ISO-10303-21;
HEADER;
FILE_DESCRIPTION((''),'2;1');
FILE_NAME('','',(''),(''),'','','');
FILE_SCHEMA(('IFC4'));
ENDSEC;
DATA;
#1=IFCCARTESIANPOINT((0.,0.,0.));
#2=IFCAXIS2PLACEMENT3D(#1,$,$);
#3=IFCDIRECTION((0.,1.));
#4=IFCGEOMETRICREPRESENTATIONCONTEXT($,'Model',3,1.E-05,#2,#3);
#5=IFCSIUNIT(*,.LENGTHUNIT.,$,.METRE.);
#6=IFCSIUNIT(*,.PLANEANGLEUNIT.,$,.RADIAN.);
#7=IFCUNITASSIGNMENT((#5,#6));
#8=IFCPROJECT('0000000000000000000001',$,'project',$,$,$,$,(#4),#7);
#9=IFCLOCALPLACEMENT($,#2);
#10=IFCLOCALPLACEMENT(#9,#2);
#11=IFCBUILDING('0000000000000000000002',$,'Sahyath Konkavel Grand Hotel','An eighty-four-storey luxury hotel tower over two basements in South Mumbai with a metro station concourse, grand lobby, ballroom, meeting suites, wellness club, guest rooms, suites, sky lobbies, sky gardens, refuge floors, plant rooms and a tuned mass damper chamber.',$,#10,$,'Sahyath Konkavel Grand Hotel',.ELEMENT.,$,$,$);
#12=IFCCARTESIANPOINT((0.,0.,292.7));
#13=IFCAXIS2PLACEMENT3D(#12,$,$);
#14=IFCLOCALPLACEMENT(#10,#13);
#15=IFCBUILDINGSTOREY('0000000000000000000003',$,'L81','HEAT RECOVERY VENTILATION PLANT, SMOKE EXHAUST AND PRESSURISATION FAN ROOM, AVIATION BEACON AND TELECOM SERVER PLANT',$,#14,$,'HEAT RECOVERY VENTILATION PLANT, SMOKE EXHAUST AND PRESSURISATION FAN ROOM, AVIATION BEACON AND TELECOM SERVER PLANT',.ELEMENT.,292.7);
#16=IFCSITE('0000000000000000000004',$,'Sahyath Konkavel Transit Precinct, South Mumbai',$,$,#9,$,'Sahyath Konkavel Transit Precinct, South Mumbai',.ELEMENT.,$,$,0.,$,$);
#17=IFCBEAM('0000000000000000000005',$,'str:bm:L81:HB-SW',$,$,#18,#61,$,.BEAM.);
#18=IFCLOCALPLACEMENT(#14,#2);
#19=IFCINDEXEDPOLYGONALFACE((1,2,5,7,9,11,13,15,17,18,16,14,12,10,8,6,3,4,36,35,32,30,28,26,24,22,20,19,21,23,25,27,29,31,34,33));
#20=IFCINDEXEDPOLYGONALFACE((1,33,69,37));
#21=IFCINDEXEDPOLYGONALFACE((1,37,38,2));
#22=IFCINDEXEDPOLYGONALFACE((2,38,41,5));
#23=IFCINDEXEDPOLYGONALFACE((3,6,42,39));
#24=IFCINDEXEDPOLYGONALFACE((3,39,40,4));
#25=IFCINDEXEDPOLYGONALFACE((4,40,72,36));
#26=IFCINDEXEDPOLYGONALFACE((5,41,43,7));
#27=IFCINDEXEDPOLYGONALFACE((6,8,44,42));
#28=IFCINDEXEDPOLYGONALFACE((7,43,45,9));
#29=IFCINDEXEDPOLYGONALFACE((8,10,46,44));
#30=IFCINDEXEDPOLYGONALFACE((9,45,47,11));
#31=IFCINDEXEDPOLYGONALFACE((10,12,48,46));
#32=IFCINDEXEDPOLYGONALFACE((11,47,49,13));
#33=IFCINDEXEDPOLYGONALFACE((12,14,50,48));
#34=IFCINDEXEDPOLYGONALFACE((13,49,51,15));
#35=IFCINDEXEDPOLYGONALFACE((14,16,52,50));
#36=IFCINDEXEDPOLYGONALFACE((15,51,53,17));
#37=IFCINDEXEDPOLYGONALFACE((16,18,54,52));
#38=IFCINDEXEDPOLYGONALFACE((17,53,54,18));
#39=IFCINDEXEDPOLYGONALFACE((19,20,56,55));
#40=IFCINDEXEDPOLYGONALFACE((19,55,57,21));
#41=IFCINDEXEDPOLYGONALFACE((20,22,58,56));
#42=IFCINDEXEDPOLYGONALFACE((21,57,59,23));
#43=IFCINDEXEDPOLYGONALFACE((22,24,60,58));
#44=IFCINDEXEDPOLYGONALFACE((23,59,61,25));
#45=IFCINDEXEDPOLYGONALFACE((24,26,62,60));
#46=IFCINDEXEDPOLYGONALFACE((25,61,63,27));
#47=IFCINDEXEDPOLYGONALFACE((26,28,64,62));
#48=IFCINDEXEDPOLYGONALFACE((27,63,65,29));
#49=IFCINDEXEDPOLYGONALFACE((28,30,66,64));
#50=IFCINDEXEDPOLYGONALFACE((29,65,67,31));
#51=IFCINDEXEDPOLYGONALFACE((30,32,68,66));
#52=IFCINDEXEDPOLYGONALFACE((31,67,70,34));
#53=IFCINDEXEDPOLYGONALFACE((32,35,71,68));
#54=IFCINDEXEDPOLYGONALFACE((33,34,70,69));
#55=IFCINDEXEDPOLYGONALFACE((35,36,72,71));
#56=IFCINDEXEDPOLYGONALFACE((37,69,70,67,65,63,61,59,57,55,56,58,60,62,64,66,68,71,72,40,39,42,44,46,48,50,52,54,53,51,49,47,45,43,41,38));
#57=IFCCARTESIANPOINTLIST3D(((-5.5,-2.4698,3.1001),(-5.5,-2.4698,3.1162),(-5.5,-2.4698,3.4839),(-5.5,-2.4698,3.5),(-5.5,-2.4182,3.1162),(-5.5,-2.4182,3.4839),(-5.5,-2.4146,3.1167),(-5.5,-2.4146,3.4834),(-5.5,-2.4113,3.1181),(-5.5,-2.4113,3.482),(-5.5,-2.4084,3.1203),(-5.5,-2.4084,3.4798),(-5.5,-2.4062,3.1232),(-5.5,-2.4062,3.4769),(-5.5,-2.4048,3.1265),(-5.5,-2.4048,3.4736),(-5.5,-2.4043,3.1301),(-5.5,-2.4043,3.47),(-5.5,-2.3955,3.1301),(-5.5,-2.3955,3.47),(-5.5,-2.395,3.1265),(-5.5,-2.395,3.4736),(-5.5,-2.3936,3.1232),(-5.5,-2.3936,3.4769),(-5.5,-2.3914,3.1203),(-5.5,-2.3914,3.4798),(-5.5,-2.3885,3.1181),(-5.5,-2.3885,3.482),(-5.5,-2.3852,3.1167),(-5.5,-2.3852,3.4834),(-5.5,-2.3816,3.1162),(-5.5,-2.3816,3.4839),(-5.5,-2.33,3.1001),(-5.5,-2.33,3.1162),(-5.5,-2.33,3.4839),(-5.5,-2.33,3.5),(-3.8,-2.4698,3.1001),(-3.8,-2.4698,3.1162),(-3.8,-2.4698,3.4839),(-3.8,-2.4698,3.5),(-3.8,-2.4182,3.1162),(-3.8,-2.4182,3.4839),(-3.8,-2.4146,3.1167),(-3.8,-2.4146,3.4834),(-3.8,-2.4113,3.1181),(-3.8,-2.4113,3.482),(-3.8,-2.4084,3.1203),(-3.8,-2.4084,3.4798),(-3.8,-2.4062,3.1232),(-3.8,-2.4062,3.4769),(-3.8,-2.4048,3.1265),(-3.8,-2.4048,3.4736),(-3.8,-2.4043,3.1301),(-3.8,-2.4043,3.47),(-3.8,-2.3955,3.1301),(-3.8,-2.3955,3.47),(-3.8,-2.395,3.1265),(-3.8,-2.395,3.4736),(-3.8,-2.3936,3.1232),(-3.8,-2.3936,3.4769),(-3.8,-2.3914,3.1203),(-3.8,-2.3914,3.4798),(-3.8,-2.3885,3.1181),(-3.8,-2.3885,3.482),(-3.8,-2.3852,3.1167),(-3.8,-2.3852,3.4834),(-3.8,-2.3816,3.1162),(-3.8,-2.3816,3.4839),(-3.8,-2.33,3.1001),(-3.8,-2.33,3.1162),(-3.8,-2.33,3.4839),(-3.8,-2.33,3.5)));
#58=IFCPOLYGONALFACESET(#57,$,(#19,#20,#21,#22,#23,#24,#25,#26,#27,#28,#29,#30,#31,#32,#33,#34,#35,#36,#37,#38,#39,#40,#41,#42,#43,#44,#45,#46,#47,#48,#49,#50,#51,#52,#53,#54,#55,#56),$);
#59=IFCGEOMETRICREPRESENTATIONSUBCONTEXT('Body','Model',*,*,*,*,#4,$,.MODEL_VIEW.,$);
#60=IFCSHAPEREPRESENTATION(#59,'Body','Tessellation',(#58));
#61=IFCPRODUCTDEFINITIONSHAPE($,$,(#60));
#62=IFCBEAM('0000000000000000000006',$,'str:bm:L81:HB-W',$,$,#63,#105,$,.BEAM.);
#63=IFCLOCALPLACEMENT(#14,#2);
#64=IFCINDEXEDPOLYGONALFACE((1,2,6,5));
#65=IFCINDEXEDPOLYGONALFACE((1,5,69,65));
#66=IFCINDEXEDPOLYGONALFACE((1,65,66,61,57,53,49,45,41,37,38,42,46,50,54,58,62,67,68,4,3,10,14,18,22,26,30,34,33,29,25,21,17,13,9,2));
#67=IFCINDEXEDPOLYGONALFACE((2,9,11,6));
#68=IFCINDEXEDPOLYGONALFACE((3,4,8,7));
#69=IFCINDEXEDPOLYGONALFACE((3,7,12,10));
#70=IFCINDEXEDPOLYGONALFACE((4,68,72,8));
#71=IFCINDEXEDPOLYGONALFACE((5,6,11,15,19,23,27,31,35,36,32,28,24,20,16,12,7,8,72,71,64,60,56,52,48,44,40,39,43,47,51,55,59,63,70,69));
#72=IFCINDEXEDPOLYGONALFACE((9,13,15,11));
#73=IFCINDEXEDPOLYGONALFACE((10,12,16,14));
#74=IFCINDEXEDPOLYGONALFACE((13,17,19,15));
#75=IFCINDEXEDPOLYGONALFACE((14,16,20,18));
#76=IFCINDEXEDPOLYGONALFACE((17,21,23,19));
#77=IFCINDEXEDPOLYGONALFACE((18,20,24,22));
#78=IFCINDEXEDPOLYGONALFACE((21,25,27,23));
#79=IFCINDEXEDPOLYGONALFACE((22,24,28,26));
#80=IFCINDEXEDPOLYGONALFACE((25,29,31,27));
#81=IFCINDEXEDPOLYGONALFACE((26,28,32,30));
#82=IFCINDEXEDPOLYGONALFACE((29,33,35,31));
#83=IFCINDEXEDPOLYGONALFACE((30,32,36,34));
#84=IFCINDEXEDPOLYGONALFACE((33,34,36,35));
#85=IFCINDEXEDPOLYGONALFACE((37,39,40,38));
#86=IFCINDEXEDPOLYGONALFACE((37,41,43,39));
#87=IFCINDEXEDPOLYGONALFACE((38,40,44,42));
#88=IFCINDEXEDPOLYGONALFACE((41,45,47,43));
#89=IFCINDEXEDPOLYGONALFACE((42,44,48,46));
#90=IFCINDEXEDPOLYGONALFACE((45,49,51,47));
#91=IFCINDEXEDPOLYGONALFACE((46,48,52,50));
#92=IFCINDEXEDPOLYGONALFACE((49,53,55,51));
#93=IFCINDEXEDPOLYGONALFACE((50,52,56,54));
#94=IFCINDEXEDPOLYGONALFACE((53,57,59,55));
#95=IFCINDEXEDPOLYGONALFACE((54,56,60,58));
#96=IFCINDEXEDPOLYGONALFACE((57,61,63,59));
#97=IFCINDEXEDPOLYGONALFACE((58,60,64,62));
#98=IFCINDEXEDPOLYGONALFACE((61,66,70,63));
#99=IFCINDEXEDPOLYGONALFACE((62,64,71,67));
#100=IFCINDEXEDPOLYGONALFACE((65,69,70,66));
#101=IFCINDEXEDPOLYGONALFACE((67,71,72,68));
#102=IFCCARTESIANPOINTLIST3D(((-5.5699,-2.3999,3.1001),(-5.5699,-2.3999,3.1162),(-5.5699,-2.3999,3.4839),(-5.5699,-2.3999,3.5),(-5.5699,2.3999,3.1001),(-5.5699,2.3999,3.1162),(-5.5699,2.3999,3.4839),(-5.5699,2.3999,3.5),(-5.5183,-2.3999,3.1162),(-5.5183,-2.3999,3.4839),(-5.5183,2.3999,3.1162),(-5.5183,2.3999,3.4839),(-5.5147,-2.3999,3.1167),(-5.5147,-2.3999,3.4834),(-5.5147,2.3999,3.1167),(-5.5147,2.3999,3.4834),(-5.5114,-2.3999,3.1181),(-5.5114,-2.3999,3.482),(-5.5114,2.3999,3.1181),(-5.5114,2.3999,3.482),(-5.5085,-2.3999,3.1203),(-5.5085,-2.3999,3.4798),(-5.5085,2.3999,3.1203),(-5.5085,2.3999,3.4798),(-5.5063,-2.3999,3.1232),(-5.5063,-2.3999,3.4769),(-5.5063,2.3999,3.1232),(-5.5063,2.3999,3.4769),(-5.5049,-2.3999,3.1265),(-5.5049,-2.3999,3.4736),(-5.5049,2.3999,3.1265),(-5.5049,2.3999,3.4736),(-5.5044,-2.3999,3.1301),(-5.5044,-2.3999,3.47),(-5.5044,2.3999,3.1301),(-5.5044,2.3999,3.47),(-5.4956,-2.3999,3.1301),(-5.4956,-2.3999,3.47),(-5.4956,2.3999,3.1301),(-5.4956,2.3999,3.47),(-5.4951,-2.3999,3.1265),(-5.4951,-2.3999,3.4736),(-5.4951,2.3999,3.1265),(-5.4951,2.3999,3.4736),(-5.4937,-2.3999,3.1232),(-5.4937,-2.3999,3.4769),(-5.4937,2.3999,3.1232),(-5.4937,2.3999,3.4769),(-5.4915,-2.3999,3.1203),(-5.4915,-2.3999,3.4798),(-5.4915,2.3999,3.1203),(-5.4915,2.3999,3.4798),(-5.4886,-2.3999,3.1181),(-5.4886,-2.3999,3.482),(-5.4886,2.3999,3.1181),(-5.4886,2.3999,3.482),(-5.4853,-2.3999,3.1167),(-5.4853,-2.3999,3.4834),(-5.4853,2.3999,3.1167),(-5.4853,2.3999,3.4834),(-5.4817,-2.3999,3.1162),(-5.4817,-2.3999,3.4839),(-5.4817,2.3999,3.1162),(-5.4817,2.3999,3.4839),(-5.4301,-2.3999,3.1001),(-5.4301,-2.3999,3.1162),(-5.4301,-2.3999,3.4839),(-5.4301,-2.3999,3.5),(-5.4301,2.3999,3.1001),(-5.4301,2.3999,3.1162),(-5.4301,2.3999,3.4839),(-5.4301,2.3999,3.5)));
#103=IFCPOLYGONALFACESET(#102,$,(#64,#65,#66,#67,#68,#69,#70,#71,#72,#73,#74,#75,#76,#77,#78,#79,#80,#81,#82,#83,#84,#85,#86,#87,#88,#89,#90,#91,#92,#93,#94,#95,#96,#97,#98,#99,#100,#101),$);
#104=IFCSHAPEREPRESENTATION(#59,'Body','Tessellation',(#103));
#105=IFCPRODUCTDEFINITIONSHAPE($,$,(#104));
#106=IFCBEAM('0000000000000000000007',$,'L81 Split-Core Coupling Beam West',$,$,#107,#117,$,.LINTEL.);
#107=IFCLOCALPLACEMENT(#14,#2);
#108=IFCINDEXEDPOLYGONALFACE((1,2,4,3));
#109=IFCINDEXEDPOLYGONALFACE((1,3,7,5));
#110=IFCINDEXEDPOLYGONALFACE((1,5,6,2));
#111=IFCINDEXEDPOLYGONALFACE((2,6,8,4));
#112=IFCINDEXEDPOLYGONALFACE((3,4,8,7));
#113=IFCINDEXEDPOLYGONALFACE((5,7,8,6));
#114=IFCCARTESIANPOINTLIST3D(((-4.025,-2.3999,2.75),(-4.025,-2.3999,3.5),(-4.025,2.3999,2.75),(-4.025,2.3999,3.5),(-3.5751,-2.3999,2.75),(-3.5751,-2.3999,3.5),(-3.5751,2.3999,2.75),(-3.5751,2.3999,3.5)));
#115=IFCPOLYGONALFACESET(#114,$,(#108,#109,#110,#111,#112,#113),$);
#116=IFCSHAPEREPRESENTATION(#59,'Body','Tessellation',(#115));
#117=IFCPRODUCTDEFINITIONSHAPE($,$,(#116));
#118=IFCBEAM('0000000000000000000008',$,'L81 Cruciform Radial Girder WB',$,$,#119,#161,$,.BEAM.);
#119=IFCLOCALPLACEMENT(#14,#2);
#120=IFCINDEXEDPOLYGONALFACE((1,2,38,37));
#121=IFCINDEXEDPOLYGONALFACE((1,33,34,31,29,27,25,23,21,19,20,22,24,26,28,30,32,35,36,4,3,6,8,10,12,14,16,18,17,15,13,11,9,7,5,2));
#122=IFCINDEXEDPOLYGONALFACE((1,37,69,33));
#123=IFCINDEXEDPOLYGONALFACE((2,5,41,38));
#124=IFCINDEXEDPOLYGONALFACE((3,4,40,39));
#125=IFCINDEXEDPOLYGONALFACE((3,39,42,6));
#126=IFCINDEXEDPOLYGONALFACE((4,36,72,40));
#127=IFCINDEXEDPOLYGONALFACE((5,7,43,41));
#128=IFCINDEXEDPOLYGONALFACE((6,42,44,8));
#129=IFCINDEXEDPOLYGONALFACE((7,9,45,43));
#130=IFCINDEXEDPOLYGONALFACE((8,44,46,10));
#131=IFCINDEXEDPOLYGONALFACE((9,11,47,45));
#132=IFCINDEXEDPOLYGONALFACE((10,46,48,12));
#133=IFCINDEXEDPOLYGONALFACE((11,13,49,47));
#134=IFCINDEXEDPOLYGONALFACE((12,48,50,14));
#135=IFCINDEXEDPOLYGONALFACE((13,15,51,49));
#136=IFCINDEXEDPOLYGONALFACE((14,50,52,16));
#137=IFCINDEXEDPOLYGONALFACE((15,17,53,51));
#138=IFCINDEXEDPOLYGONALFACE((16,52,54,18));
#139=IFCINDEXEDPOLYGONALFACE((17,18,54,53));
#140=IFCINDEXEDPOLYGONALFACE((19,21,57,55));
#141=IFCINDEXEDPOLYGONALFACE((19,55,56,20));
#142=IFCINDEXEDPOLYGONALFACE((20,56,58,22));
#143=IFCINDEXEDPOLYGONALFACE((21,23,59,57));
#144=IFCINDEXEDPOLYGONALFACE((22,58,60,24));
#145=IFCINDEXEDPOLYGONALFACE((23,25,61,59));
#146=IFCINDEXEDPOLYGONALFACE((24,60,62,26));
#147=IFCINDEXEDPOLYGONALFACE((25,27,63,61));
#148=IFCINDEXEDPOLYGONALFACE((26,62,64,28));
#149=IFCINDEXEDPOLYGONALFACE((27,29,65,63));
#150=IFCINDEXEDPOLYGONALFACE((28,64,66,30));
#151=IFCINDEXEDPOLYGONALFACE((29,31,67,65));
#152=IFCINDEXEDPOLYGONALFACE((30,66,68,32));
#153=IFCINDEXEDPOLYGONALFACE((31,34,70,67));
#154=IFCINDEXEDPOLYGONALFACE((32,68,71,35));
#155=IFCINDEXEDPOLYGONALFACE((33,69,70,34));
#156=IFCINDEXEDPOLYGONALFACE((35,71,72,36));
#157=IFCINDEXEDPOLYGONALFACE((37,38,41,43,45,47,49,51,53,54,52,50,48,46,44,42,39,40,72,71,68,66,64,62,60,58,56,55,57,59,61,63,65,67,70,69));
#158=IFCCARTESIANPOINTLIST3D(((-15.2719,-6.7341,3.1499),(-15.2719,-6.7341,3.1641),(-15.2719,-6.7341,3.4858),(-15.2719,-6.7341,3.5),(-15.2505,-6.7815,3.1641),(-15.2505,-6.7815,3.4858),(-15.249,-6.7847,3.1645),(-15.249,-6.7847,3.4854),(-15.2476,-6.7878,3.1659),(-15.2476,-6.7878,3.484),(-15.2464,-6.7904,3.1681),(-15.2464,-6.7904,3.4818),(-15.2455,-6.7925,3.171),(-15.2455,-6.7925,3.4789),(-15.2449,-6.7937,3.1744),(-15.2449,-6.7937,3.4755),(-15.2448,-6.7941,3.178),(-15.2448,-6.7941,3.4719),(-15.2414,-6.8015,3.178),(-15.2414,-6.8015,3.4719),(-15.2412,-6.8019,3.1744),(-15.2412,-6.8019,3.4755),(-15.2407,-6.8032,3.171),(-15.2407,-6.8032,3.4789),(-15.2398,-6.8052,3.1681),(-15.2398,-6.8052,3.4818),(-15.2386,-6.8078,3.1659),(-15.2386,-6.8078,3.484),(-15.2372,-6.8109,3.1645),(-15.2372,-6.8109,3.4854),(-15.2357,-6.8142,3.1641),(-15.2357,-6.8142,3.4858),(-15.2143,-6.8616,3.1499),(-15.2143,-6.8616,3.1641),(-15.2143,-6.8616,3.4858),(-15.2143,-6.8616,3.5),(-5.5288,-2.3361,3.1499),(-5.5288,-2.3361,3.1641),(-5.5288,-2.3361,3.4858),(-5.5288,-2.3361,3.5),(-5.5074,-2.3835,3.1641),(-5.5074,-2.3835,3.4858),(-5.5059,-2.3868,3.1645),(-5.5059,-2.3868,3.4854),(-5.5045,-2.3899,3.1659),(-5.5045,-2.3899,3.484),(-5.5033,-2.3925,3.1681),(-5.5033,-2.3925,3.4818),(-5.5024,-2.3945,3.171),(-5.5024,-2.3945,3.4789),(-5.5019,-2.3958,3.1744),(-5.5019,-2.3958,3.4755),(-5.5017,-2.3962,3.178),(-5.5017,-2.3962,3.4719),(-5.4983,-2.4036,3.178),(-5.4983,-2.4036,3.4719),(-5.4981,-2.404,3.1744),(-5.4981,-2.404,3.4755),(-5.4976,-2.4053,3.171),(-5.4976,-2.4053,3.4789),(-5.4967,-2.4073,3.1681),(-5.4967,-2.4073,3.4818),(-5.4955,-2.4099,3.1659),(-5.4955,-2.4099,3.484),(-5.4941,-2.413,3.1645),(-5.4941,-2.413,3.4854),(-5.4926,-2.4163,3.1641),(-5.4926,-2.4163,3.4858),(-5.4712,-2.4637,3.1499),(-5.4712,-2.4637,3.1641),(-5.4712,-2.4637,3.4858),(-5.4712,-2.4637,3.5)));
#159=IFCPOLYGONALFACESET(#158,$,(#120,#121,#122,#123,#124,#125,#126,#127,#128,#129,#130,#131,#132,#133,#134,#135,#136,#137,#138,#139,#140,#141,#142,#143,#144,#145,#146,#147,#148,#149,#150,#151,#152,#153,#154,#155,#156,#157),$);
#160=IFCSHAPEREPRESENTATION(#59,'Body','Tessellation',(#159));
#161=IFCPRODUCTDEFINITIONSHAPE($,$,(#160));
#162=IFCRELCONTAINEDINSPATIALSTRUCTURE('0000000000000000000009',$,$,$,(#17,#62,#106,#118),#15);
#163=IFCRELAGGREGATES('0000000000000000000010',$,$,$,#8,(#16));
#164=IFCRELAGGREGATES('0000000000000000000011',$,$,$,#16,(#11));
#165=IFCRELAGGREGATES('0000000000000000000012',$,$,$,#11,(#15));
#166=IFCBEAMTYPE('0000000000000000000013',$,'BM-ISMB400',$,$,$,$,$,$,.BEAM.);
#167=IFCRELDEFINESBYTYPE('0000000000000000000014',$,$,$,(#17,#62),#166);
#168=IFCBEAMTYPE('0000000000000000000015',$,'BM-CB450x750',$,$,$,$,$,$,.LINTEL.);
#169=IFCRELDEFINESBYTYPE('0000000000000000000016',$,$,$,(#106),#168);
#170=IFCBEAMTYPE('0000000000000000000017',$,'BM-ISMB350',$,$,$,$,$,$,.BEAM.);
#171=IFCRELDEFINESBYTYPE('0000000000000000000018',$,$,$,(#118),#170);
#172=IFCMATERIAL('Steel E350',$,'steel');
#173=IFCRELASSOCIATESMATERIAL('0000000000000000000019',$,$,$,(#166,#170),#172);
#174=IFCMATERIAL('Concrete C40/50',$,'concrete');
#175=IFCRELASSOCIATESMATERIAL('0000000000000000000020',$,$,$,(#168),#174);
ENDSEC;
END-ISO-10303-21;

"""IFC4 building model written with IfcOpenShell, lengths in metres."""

from ifc_helpers import new_model, si_unit, direction, frame, origin, origin_2d, place, context, subcontext, project, spatial, rectangle, i_section, extrude, source, transform, mapped, material, material_profile, profile_set, type_object, element, save


model = new_model("IFC4")

# Units and contexts
model_context = context("Model", 3, precision=1e-05, world=origin(), true_north=direction((0.0, 1.0)))
body_context = subcontext(model_context, "Body", "Model", "MODEL_VIEW")
ifc_project = project(units=[si_unit("LENGTHUNIT", "METRE"), si_unit("PLANEANGLEUNIT", "RADIAN")], contexts=[model_context])

# Site, building, storey
site_placement = place(None, origin())
site = spatial("IfcSite", under=ifc_project, at=site_placement, Name="Sahyath Konkavel Transit Precinct, South Mumbai", LongName="Sahyath Konkavel Transit Precinct, South Mumbai", CompositionType="ELEMENT", RefElevation=0.0)
building_placement = place(site_placement, origin())
building = spatial("IfcBuilding", under=site, at=building_placement, Name="Sahyath Konkavel Grand Hotel", Description="An eighty-four-storey luxury hotel tower over two basements in South Mumbai with a metro station concourse, grand lobby, ballroom, meeting suites, wellness club, guest rooms, suites, sky lobbies, sky gardens, refuge floors, plant rooms and a tuned mass damper chamber.", LongName="Sahyath Konkavel Grand Hotel", CompositionType="ELEMENT")
storey_placement = place(building_placement, frame((0.0, 0.0, 292.7)))
storey = spatial("IfcBuildingStorey", under=building, at=storey_placement, Name="L81", Description="HEAT RECOVERY VENTILATION PLANT, SMOKE EXHAUST AND PRESSURISATION FAN ROOM, AVIATION BEACON AND TELECOM SERVER PLANT", LongName="HEAT RECOVERY VENTILATION PLANT, SMOKE EXHAUST AND PRESSURISATION FAN ROOM, AVIATION BEACON AND TELECOM SERVER PLANT", CompositionType="ELEMENT", Elevation=292.7)

# Shared definitions
ifc_material_1 = material(Name="Concrete C40/50", Category="concrete")

# Beams
ifc_material_2 = material(Name="Steel E350", Category="steel")
ifc_material_profile_1 = material_profile(ifc_material_2, i_section(OverallWidth=0.1399, OverallDepth=0.3999, WebThickness=0.0088, FlangeThickness=0.0161, FilletRadius=0.0139, at=origin_2d()), Name="ISMB 400")
ifc_profile_set_1 = profile_set([ifc_material_profile_1], Name="Steel E350")
beam_type_1 = type_object("IfcBeamType", Name="BM-ISMB400", PredefinedType="BEAM", material=ifc_profile_set_1)
shared_shape_1 = source(origin(), body_context, "Body", "SweptSolid", [
    extrude(i_section(OverallWidth=0.1399, OverallDepth=0.3999, WebThickness=0.0088, FlangeThickness=0.0161, FilletRadius=0.0139, at=origin_2d()), origin(), (0.0, 0.0, 1.0), 1.7),
])
beam_1_placement = place(storey_placement, frame((-5.5, -2.3999, 3.3), z_axis=(1.0, 0.0, 0.0), x_axis=(0.0, 1.0, 0.0)))
element("IfcBeam", 1, at=beam_1_placement, inside=storey, type_object=beam_type_1, Name="str:bm:L81:HB-SW", PredefinedType="BEAM", context=body_context, shape_type="MappedRepresentation", body=[
    mapped(shared_shape_1, transform((0.0, 0.0, 0.0), scale=1.0)),
])
shared_shape_2 = source(origin(), body_context, "Body", "SweptSolid", [
    extrude(i_section(OverallWidth=0.1399, OverallDepth=0.3999, WebThickness=0.0088, FlangeThickness=0.0161, FilletRadius=0.0139, at=origin_2d()), origin(), (0.0, 0.0, 1.0), 4.7998),
])
beam_2_placement = place(storey_placement, frame((-5.5, -2.3999, 3.3), z_axis=(0.0, 1.0, 0.0), x_axis=(-1.0, 0.0, 0.0)))
element("IfcBeam", 2, at=beam_2_placement, inside=storey, type_object=beam_type_1, Name="str:bm:L81:HB-W", PredefinedType="BEAM", context=body_context, shape_type="MappedRepresentation", body=[
    mapped(shared_shape_2, transform((0.0, 0.0, 0.0), scale=1.0)),
])
ifc_material_profile_2 = material_profile(ifc_material_1, rectangle(XDim=0.45, YDim=0.75, at=origin_2d()), Name="RC 450x750")
ifc_profile_set_2 = profile_set([ifc_material_profile_2], Name="Concrete C40/50")
beam_type_2 = type_object("IfcBeamType", Name="BM-CB450x750", PredefinedType="LINTEL", material=ifc_profile_set_2)
shared_shape_3 = source(origin(), body_context, "Body", "SweptSolid", [
    extrude(rectangle(XDim=0.45, YDim=0.75, at=origin_2d()), origin(), (0.0, 0.0, 1.0), 4.7998),
])
beam_3_placement = place(storey_placement, frame((-3.8, -2.3999, 3.125), z_axis=(0.0, 1.0, 0.0), x_axis=(-1.0, 0.0, 0.0)))
element("IfcBeam", 3, at=beam_3_placement, inside=storey, type_object=beam_type_2, Name="L81 Split-Core Coupling Beam West", PredefinedType="LINTEL", context=body_context, shape_type="MappedRepresentation", body=[
    mapped(shared_shape_3, transform((0.0, 0.0, 0.0), scale=1.0)),
])
ifc_material_profile_3 = material_profile(ifc_material_2, i_section(OverallWidth=0.1399, OverallDepth=0.3501, WebThickness=0.0081, FlangeThickness=0.0142, FilletRadius=0.0139, at=origin_2d()), Name="ISMB 350")
ifc_profile_set_3 = profile_set([ifc_material_profile_3], Name="Steel E350")
beam_type_3 = type_object("IfcBeamType", Name="BM-ISMB350", PredefinedType="BEAM", material=ifc_profile_set_3)
shared_shape_4 = source(origin(), body_context, "Body", "SweptSolid", [
    extrude(i_section(OverallWidth=0.1399, OverallDepth=0.3501, WebThickness=0.0081, FlangeThickness=0.0142, FilletRadius=0.0139, at=origin_2d()), origin(), (0.0, 0.0, 1.0), 10.6897),
])
beam_4_placement = place(storey_placement, frame((-5.5, -2.3999, 3.325), z_axis=(-0.911447, -0.411417, 0.0), x_axis=(0.411417, -0.911447, 0.0)))
element("IfcBeam", 4, at=beam_4_placement, inside=storey, type_object=beam_type_3, Name="L81 Cruciform Radial Girder WB", PredefinedType="BEAM", context=body_context, shape_type="MappedRepresentation", body=[
    mapped(shared_shape_4, transform((0.0, 0.0, 0.0), scale=1.0)),
])

save(model, "model.ifc")
